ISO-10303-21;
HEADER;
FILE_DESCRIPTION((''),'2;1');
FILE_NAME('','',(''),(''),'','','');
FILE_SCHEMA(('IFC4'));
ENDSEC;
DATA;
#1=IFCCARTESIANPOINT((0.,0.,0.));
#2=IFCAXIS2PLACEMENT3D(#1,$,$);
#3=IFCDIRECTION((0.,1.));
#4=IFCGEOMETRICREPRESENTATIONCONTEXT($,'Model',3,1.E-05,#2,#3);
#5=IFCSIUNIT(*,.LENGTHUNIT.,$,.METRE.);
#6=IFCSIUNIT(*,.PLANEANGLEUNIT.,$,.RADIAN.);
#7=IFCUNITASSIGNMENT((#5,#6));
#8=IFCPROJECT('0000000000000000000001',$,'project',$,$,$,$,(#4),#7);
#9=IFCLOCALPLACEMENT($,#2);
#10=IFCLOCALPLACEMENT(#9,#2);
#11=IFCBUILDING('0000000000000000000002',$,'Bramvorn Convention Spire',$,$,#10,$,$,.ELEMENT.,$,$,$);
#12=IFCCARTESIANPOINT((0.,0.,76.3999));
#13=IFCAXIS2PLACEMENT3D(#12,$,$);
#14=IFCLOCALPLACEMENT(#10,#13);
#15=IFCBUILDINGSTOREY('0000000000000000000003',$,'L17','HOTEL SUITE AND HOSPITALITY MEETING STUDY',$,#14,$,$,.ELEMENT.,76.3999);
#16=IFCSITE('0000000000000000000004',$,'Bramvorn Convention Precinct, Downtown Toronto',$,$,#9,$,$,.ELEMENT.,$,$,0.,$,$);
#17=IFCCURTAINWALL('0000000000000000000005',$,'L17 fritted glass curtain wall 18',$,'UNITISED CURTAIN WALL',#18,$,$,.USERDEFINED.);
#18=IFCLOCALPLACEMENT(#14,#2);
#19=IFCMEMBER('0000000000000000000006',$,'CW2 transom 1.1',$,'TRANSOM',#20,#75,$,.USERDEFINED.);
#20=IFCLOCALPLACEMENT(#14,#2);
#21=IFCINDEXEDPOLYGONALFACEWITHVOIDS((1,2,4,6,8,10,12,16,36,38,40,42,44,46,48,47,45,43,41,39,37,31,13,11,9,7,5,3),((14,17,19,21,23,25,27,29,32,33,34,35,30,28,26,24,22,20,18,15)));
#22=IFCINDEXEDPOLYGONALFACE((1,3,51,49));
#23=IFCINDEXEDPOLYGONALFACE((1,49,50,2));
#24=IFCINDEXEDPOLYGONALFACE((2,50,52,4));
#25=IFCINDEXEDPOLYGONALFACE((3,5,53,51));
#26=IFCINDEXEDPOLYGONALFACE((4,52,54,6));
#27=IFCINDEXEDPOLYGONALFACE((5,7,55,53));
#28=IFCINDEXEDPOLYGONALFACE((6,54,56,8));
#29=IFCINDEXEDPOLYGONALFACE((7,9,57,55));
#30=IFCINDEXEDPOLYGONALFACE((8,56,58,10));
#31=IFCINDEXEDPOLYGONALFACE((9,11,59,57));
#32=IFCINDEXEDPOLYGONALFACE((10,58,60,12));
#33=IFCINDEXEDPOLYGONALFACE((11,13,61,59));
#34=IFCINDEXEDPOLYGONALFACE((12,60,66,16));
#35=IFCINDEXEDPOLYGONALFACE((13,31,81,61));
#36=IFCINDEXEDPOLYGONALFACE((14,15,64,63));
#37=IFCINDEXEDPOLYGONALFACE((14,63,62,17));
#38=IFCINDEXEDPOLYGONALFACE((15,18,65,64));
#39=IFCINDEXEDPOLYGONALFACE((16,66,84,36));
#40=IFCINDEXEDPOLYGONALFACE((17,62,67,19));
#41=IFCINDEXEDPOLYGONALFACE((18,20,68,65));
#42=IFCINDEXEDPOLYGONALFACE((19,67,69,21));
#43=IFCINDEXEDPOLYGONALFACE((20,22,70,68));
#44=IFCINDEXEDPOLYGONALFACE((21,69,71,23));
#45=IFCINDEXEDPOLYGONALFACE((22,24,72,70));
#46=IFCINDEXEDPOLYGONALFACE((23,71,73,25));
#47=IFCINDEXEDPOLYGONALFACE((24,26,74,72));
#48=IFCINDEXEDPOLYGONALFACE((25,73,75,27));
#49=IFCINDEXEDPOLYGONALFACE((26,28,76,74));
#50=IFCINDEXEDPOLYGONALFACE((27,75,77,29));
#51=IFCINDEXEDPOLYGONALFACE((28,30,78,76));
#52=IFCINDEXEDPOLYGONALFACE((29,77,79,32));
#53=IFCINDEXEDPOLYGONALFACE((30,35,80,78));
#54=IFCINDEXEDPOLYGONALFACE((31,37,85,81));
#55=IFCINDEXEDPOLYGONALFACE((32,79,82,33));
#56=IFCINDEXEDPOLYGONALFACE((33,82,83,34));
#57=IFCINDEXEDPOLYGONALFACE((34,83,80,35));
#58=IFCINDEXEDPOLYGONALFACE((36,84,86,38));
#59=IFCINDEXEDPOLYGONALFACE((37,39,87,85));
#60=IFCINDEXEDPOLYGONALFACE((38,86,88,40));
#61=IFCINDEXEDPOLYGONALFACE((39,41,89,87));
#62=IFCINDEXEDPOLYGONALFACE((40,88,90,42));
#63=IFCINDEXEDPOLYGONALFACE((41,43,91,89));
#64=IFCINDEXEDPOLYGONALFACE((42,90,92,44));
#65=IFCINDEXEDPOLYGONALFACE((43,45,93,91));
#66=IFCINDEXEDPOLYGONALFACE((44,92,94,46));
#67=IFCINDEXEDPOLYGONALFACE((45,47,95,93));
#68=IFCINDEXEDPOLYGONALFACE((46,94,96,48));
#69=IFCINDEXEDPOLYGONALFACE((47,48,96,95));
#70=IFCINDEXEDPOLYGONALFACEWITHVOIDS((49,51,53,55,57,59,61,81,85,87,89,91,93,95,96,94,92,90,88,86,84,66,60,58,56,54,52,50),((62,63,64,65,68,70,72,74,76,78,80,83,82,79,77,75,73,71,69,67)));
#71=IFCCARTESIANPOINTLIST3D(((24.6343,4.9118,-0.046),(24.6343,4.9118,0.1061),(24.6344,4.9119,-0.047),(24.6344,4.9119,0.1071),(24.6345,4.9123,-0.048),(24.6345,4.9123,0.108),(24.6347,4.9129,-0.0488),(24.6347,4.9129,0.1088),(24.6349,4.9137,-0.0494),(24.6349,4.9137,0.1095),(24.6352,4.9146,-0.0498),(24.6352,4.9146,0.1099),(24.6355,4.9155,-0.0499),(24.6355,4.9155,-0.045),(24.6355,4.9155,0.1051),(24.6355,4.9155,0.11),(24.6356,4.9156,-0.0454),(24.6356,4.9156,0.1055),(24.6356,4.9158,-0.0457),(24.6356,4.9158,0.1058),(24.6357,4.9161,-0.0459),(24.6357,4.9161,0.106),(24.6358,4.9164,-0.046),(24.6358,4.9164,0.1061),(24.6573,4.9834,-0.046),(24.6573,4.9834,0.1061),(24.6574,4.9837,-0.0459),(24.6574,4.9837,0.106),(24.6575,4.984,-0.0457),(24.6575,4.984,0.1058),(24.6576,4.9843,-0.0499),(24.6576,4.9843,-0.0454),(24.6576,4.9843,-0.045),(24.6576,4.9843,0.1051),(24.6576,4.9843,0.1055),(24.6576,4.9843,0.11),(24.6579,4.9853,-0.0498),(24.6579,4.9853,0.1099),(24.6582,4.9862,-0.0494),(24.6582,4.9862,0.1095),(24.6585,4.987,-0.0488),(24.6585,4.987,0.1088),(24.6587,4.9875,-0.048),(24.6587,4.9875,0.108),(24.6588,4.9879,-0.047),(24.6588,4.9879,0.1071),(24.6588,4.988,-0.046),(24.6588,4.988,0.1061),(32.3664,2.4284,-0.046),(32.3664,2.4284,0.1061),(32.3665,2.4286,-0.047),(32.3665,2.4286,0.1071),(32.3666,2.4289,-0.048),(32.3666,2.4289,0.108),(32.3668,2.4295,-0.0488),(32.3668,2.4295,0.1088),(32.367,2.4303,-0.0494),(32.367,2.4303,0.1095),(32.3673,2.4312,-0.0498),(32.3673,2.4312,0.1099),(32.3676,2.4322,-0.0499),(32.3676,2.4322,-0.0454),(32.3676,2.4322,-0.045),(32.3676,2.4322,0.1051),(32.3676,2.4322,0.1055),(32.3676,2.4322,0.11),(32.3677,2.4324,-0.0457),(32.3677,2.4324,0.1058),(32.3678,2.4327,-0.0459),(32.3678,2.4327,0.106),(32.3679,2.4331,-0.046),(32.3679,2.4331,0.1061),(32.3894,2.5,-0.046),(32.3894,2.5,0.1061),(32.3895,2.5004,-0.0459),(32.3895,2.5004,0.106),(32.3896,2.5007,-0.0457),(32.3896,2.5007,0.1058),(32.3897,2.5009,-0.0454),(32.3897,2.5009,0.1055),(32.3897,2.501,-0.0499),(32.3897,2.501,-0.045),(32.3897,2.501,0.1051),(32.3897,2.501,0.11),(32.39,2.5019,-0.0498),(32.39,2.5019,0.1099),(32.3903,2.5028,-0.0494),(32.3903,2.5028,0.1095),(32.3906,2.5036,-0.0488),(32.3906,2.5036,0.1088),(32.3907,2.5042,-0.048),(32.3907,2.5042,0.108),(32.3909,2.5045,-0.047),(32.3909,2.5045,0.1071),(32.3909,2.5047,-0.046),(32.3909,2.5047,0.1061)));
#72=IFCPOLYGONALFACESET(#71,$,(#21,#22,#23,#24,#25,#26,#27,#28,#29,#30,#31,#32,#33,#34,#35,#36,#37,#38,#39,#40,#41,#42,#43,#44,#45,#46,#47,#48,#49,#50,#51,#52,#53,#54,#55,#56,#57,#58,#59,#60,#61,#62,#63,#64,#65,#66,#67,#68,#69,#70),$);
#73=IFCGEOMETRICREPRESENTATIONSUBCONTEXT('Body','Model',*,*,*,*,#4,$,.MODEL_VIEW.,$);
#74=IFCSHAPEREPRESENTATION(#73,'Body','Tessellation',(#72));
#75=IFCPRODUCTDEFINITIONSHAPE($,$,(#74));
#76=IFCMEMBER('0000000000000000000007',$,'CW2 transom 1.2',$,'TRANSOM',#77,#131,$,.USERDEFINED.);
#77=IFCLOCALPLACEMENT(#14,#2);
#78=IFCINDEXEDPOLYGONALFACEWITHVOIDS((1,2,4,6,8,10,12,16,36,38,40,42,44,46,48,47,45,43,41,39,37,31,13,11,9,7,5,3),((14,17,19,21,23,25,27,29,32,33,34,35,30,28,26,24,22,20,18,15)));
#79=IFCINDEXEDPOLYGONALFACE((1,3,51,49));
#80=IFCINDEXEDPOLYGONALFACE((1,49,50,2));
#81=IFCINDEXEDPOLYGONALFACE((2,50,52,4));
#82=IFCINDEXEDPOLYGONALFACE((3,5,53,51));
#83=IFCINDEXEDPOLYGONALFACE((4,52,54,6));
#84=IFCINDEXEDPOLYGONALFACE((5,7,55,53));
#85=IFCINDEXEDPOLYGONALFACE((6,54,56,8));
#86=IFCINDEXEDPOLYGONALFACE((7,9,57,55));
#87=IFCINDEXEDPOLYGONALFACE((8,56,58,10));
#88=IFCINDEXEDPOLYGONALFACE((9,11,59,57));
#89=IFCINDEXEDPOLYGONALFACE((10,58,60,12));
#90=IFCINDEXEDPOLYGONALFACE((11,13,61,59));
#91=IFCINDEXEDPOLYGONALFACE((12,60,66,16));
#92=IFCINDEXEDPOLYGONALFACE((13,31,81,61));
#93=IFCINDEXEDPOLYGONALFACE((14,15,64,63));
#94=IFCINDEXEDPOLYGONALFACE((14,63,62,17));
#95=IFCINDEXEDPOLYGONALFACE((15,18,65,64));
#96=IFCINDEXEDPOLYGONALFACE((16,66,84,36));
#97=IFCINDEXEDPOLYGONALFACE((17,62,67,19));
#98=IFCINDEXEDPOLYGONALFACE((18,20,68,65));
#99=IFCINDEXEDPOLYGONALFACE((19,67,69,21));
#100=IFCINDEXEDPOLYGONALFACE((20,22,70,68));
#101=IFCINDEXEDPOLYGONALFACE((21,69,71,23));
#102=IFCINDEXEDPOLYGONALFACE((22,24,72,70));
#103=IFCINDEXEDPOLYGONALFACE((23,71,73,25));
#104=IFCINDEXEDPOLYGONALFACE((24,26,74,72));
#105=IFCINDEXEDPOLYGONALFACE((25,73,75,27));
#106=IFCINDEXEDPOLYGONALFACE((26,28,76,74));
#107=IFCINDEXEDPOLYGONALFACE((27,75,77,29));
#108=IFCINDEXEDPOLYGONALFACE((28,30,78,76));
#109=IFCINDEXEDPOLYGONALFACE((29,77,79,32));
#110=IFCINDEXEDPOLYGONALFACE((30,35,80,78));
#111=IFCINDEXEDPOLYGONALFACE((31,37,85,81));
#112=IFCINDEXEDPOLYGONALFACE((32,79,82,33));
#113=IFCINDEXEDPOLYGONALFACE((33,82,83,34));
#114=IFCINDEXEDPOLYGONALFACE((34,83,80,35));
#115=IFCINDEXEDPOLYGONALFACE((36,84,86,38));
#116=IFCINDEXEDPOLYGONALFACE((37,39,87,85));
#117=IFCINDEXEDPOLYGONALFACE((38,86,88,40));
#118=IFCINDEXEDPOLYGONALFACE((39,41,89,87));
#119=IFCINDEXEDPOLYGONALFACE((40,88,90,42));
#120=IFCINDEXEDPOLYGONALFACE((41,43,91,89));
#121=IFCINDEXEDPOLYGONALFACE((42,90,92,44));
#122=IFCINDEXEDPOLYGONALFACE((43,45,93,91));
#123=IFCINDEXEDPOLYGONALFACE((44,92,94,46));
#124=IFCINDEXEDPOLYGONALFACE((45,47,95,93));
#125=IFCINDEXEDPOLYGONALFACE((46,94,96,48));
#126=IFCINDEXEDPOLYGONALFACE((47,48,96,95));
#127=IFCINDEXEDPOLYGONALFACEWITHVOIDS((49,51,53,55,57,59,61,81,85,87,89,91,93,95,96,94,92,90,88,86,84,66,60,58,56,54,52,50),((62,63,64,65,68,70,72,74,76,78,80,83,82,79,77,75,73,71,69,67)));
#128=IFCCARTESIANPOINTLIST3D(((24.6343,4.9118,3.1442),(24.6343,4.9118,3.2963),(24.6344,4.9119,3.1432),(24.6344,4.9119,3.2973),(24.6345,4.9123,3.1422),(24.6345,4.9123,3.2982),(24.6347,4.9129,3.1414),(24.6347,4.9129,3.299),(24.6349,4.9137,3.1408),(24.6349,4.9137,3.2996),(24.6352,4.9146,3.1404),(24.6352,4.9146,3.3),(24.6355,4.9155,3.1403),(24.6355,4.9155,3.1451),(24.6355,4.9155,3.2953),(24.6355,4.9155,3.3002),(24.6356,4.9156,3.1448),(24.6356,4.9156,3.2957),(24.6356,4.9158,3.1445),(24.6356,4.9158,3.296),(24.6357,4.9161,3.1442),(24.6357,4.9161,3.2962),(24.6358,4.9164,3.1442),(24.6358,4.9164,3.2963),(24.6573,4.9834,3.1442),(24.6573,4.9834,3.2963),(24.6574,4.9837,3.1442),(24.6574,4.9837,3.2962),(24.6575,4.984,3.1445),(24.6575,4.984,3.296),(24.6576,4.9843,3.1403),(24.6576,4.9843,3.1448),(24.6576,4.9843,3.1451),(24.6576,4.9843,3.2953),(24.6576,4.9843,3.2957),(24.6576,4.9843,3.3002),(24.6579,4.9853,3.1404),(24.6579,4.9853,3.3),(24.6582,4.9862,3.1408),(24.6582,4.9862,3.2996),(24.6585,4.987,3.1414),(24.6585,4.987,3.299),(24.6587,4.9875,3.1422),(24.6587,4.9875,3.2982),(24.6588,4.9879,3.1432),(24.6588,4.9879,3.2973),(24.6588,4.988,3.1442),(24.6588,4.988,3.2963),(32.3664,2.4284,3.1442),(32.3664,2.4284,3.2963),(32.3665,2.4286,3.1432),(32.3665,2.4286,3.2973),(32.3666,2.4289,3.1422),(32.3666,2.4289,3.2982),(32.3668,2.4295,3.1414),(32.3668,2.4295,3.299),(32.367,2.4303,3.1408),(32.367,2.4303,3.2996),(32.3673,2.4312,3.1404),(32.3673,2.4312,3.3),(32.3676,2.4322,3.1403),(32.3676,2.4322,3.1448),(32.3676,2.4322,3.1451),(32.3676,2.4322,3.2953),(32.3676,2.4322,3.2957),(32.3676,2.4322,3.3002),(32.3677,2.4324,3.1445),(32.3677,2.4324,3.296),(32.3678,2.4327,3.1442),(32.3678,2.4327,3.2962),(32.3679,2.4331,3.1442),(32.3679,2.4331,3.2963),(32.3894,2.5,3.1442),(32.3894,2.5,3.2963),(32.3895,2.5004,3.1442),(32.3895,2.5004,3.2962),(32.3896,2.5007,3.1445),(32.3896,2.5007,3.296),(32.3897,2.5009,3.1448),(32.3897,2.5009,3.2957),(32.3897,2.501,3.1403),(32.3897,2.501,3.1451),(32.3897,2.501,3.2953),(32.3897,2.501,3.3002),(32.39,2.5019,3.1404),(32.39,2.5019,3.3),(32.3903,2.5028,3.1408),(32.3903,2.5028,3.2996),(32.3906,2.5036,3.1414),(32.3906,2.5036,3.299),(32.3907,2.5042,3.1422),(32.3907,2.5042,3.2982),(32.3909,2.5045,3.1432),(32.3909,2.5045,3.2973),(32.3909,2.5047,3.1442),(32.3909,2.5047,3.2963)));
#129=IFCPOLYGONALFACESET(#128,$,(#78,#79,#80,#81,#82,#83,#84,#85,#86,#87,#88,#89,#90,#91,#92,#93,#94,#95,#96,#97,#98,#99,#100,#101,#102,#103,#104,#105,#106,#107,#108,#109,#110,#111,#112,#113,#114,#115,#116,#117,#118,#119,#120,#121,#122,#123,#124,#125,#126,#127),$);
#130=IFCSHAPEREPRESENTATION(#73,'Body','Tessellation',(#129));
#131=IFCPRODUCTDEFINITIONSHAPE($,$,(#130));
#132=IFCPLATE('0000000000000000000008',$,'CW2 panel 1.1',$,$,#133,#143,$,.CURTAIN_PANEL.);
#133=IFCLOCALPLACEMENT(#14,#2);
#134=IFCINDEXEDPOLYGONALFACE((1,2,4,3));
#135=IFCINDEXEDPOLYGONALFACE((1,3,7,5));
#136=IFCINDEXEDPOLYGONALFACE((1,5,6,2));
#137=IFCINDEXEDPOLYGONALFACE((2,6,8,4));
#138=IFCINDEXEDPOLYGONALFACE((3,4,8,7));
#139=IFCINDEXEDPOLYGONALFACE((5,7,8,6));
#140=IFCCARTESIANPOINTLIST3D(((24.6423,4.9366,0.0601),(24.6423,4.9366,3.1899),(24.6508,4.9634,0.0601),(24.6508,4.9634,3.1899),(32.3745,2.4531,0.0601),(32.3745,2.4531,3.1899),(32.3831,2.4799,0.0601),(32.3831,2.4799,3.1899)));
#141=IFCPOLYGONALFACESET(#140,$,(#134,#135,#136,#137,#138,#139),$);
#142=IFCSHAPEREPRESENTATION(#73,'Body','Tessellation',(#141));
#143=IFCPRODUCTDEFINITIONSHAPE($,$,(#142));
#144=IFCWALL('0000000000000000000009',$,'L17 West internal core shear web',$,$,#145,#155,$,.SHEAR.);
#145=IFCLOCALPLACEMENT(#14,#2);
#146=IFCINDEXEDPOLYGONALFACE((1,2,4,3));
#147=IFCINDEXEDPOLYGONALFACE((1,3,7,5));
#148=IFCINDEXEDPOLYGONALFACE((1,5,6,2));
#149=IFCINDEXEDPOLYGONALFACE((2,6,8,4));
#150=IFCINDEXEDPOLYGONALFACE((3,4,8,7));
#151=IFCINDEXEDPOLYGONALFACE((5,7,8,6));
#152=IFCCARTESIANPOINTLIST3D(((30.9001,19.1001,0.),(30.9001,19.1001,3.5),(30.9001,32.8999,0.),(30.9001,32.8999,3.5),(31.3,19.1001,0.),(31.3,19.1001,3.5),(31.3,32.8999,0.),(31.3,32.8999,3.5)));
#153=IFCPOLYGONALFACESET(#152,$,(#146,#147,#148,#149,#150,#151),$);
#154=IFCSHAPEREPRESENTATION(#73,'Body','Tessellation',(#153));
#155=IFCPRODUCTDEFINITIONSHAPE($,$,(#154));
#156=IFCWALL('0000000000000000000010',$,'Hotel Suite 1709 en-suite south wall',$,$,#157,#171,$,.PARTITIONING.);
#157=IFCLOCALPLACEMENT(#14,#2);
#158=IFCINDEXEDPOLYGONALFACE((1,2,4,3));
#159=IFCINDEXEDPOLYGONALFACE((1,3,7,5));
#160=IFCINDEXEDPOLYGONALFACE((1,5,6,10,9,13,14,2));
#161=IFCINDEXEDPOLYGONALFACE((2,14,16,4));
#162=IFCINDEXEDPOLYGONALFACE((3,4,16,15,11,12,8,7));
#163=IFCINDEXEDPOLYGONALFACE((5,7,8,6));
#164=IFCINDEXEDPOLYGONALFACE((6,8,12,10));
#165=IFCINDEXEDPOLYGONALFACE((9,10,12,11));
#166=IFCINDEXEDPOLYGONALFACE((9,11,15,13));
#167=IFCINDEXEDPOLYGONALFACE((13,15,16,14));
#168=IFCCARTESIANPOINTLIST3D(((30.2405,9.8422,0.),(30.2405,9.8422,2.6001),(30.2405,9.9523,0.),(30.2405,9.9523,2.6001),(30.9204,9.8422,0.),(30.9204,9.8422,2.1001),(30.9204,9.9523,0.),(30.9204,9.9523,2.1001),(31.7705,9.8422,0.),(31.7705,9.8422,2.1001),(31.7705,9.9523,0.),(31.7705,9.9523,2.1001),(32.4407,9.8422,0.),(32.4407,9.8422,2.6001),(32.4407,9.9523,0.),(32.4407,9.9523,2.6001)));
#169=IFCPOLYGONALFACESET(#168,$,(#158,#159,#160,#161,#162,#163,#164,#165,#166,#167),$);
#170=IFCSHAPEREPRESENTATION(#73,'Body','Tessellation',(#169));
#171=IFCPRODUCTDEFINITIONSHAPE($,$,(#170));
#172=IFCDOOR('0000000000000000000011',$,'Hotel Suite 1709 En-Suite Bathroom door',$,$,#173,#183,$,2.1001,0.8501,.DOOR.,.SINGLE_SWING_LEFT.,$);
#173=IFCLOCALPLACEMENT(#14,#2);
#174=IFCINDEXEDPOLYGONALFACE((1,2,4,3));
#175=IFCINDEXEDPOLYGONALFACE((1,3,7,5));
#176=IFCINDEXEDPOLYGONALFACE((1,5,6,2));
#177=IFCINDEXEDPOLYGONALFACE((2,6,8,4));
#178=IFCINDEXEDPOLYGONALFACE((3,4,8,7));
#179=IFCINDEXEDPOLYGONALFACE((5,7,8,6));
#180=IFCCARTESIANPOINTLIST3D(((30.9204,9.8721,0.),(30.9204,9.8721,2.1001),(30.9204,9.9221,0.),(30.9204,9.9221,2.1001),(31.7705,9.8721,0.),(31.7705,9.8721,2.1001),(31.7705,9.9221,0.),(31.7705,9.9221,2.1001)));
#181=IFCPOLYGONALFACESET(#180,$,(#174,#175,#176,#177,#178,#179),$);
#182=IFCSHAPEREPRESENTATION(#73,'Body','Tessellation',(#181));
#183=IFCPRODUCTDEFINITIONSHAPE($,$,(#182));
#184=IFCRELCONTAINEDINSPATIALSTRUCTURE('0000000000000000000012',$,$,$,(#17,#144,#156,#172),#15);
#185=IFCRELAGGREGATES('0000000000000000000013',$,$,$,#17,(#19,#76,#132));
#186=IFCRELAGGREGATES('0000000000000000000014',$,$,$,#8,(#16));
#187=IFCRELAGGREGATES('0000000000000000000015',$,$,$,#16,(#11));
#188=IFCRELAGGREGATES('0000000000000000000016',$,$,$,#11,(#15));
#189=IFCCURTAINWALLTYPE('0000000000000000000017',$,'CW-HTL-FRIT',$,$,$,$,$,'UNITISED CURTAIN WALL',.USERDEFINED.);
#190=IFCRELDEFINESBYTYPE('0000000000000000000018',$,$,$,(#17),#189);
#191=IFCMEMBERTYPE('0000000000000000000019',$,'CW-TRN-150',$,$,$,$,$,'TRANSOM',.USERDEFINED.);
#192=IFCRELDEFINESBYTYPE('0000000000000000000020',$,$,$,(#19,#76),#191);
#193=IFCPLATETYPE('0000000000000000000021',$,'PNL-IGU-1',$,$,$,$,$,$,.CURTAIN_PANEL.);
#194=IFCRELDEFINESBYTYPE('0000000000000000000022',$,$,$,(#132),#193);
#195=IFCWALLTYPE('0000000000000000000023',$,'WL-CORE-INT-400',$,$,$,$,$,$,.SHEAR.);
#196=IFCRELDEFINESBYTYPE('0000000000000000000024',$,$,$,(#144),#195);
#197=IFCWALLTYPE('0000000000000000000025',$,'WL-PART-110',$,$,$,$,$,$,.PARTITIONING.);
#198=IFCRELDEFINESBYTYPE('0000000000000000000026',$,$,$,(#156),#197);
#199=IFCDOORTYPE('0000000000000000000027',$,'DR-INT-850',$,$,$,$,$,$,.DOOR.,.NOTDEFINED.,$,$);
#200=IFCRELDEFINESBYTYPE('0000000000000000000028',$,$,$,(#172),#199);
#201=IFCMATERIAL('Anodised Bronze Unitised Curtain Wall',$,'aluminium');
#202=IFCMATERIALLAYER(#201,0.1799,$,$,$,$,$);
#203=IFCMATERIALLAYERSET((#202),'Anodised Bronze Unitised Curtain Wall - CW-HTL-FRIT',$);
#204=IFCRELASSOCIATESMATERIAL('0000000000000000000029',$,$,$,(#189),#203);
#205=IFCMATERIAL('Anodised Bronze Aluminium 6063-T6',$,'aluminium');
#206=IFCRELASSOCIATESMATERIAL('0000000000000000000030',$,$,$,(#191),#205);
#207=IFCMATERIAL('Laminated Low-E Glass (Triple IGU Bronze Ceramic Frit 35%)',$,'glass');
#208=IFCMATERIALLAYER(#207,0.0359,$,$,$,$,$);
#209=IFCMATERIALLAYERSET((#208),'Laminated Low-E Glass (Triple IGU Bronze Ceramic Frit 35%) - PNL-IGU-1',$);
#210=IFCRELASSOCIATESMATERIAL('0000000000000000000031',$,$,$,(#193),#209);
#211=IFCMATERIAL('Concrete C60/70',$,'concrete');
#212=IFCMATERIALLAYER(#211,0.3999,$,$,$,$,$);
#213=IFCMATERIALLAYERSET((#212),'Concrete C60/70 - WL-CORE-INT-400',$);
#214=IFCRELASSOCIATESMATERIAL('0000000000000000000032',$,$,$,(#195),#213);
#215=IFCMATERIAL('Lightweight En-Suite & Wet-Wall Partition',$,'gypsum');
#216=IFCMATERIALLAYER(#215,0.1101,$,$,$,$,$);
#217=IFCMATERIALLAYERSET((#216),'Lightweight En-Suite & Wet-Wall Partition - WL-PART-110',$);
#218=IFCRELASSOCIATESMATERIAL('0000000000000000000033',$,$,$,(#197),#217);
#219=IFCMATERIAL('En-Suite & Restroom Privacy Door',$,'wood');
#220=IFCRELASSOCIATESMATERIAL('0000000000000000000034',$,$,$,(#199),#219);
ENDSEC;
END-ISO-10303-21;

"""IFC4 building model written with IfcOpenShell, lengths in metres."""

from ifc_helpers import new_model, si_unit, direction, frame, frame_2d, origin, origin_2d, place, context, subcontext, project, spatial, rectangle, hollow_rectangle, extrude, material, layer, layer_set, material_profile, profile_set, type_object, element, fill, aggregate, save


model = new_model("IFC4")

# Units and contexts
model_context = context("Model", 3, precision=1e-05, world=origin(), true_north=direction((0.0, 1.0)))
body_context = subcontext(model_context, "Body", "Model", "MODEL_VIEW")
ifc_project = project(units=[si_unit("LENGTHUNIT", "METRE"), si_unit("PLANEANGLEUNIT", "RADIAN")], contexts=[model_context])

# Site, building, storey
site_placement = place(None, origin())
site = spatial("IfcSite", under=ifc_project, at=site_placement, Name="Bramvorn Convention Precinct, Downtown Toronto", CompositionType="ELEMENT", RefElevation=0.0)
building_placement = place(site_placement, origin())
building = spatial("IfcBuilding", under=site, at=building_placement, Name="Bramvorn Convention Spire", CompositionType="ELEMENT")
storey_placement = place(building_placement, frame((0.0, 0.0, 76.3999)))
storey = spatial("IfcBuildingStorey", under=building, at=storey_placement, Name="L17", Description="HOTEL SUITE AND HOSPITALITY MEETING STUDY", CompositionType="ELEMENT", Elevation=76.3999)

# Curtain wall
ifc_material_1 = material(Name="Anodised Bronze Unitised Curtain Wall", Category="aluminium")
ifc_layer_1 = layer(ifc_material_1, 0.1799)
ifc_layer_set_1 = layer_set([ifc_layer_1], Name="Anodised Bronze Unitised Curtain Wall - CW-HTL-FRIT")
curtain_wall_type = type_object("IfcCurtainWallType", Name="CW-HTL-FRIT", ElementType="UNITISED CURTAIN WALL", PredefinedType="USERDEFINED", material=ifc_layer_set_1)
curtain_wall_1_placement = place(storey_placement, origin())
curtain_wall_1 = element("IfcCurtainWall", 1, at=curtain_wall_1_placement, inside=storey, type_object=curtain_wall_type, Name="L17 fritted glass curtain wall 18", ObjectType="UNITISED CURTAIN WALL", PredefinedType="USERDEFINED")
ifc_material_2 = material(Name="Anodised Bronze Aluminium 6063-T6", Category="aluminium")

# Members
ifc_material_profile_1 = material_profile(ifc_material_2, hollow_rectangle(XDim=0.0801, YDim=0.1599, WallThickness=0.0039, InnerFilletRadius=0.001, OuterFilletRadius=0.0039, at=origin_2d()))
ifc_profile_set_1 = profile_set([ifc_material_profile_1], Name="Anodised Bronze Aluminium 6063-T6 - CWT80X160")
member_type_1 = type_object("IfcMemberType", Name="CW-TRN-150", ElementType="TRANSOM", PredefinedType="USERDEFINED", material=ifc_profile_set_1)
member_1_placement = place(storey_placement, frame((32.3787, 2.4666, 0.03), z_axis=(-0.952098, 0.305792, 0.0), x_axis=(-0.305792, -0.952098, 0.0)))
member_1 = element("IfcMember", 2, at=member_1_placement, type_object=member_type_1, Name="CW2 transom 1.1", ObjectType="TRANSOM", PredefinedType="USERDEFINED", context=body_context, shape_type="SweptSolid", body=[
    extrude(hollow_rectangle(XDim=0.0801, YDim=0.1599, WallThickness=0.0039, InnerFilletRadius=0.001, OuterFilletRadius=0.0039, at=origin_2d()), origin(), (0.0, 0.0, 1.0), 8.1211),
])
member_2_placement = place(storey_placement, frame((32.3787, 2.4666, 3.2202), z_axis=(-0.952098, 0.305792, 0.0), x_axis=(-0.305792, -0.952098, 0.0)))
member_2 = element("IfcMember", 3, at=member_2_placement, type_object=member_type_1, Name="CW2 transom 1.2", ObjectType="TRANSOM", PredefinedType="USERDEFINED", context=body_context, shape_type="SweptSolid", body=[
    extrude(hollow_rectangle(XDim=0.0801, YDim=0.1599, WallThickness=0.0039, InnerFilletRadius=0.001, OuterFilletRadius=0.0039, at=origin_2d()), origin(), (0.0, 0.0, 1.0), 8.1211),
])

# Plate
ifc_material_3 = material(Name="Laminated Low-E Glass (Triple IGU Bronze Ceramic Frit 35%)", Category="glass")
ifc_layer_2 = layer(ifc_material_3, 0.0359)
ifc_layer_set_2 = layer_set([ifc_layer_2], Name="Laminated Low-E Glass (Triple IGU Bronze Ceramic Frit 35%) - PNL-IGU-1")
plate_type = type_object("IfcPlateType", Name="PNL-IGU-1", PredefinedType="CURTAIN_PANEL", material=ifc_layer_set_2)
plate_placement = place(storey_placement, frame((28.5127, 3.7083, 0.0601), z_axis=(0.0, 0.0, 1.0), x_axis=(-0.952095, 0.305801, 0.0)))
plate = element("IfcPlate", 4, at=plate_placement, type_object=plate_type, Name="CW2 panel 1.1", PredefinedType="CURTAIN_PANEL", context=body_context, shape_type="SweptSolid", body=[
    extrude(rectangle(XDim=8.1213, YDim=0.0281, at=origin_2d()), origin(), (0.0, 0.0, 1.0), 3.1299),
])
aggregate(curtain_wall_1, [member_1, member_2, plate])

# Shared definitions
ifc_material_4 = material(Name="Concrete C60/70", Category="concrete")

# Wall
ifc_layer_3 = layer(ifc_material_4, 0.3999)
ifc_layer_set_3 = layer_set([ifc_layer_3], Name="Concrete C60/70 - WL-CORE-INT-400")
wall_type_1 = type_object("IfcWallType", Name="WL-CORE-INT-400", PredefinedType="SHEAR", material=ifc_layer_set_3)
wall_1_placement = place(storey_placement, frame((31.1001, 19.1001, 0.0), z_axis=(0.0, 0.0, 1.0), x_axis=(0.0, 1.0, 0.0)))
element("IfcWall", 5, at=wall_1_placement, inside=storey, type_object=wall_type_1, Name="L17 West internal core shear web", PredefinedType="SHEAR", context=body_context, shape_type="SweptSolid", body=[
    extrude(rectangle(XDim=13.7998, YDim=0.3999, at=frame_2d((6.8999, 0.0))), origin(), (0.0, 0.0, 1.0), 3.5),
])

# Wall, opening, door
ifc_material_5 = material(Name="Lightweight En-Suite & Wet-Wall Partition", Category="gypsum")
ifc_layer_4 = layer(ifc_material_5, 0.1101)
ifc_layer_set_4 = layer_set([ifc_layer_4], Name="Lightweight En-Suite & Wet-Wall Partition - WL-PART-110")
wall_type_2 = type_object("IfcWallType", Name="WL-PART-110", PredefinedType="PARTITIONING", material=ifc_layer_set_4)
wall_2_placement = place(storey_placement, frame((30.2405, 9.8972, 0.0), z_axis=(0.0, 0.0, 1.0), x_axis=(1.0, 0.0, 0.0)))
wall_2 = element("IfcWall", 6, at=wall_2_placement, inside=storey, type_object=wall_type_2, Name="Hotel Suite 1709 en-suite south wall", PredefinedType="PARTITIONING", context=body_context, shape_type="SweptSolid", body=[
    extrude(rectangle(XDim=2.2002, YDim=0.1101, at=frame_2d((1.1001, 0.0))), origin(), (0.0, 0.0, 1.0), 2.6001),
])
opening_1_placement = place(wall_2_placement, frame((0.6799, 0.0, 0.0)))
opening_1 = element("IfcOpeningElement", 7, at=opening_1_placement, cuts=wall_2, PredefinedType="OPENING", context=body_context, shape_type="SweptSolid", body=[
    extrude(rectangle(XDim=0.8501, YDim=2.1001, at=frame_2d((0.425, 1.05))), frame((0.0, 0.0649, 0.0), z_axis=(0.0, -1.0, 0.0), x_axis=(1.0, 0.0, 0.0)), (0.0, 0.0, 1.0), 0.1301),
])
ifc_material_6 = material(Name="En-Suite & Restroom Privacy Door", Category="wood")
door_type_1 = type_object("IfcDoorType", Name="DR-INT-850", OperationType="NOTDEFINED", PredefinedType="DOOR", material=ifc_material_6)
door_1_placement = place(opening_1_placement, origin())
door_1 = element("IfcDoor", 8, at=door_1_placement, inside=storey, type_object=door_type_1, Name="Hotel Suite 1709 En-Suite Bathroom door", OperationType="SINGLE_SWING_LEFT", OverallHeight=2.1001, OverallWidth=0.8501, PredefinedType="DOOR", context=body_context, shape_type="SweptSolid", body=[
    extrude(rectangle(XDim=0.8501, YDim=2.1001, at=frame_2d((0.425, 1.05))), frame((0.0, 0.0249, 0.0), z_axis=(0.0, -1.0, 0.0), x_axis=(1.0, 0.0, 0.0)), (0.0, 0.0, 1.0), 0.05),
])
fill(opening_1, door_1)

save(model, "model.ifc")
